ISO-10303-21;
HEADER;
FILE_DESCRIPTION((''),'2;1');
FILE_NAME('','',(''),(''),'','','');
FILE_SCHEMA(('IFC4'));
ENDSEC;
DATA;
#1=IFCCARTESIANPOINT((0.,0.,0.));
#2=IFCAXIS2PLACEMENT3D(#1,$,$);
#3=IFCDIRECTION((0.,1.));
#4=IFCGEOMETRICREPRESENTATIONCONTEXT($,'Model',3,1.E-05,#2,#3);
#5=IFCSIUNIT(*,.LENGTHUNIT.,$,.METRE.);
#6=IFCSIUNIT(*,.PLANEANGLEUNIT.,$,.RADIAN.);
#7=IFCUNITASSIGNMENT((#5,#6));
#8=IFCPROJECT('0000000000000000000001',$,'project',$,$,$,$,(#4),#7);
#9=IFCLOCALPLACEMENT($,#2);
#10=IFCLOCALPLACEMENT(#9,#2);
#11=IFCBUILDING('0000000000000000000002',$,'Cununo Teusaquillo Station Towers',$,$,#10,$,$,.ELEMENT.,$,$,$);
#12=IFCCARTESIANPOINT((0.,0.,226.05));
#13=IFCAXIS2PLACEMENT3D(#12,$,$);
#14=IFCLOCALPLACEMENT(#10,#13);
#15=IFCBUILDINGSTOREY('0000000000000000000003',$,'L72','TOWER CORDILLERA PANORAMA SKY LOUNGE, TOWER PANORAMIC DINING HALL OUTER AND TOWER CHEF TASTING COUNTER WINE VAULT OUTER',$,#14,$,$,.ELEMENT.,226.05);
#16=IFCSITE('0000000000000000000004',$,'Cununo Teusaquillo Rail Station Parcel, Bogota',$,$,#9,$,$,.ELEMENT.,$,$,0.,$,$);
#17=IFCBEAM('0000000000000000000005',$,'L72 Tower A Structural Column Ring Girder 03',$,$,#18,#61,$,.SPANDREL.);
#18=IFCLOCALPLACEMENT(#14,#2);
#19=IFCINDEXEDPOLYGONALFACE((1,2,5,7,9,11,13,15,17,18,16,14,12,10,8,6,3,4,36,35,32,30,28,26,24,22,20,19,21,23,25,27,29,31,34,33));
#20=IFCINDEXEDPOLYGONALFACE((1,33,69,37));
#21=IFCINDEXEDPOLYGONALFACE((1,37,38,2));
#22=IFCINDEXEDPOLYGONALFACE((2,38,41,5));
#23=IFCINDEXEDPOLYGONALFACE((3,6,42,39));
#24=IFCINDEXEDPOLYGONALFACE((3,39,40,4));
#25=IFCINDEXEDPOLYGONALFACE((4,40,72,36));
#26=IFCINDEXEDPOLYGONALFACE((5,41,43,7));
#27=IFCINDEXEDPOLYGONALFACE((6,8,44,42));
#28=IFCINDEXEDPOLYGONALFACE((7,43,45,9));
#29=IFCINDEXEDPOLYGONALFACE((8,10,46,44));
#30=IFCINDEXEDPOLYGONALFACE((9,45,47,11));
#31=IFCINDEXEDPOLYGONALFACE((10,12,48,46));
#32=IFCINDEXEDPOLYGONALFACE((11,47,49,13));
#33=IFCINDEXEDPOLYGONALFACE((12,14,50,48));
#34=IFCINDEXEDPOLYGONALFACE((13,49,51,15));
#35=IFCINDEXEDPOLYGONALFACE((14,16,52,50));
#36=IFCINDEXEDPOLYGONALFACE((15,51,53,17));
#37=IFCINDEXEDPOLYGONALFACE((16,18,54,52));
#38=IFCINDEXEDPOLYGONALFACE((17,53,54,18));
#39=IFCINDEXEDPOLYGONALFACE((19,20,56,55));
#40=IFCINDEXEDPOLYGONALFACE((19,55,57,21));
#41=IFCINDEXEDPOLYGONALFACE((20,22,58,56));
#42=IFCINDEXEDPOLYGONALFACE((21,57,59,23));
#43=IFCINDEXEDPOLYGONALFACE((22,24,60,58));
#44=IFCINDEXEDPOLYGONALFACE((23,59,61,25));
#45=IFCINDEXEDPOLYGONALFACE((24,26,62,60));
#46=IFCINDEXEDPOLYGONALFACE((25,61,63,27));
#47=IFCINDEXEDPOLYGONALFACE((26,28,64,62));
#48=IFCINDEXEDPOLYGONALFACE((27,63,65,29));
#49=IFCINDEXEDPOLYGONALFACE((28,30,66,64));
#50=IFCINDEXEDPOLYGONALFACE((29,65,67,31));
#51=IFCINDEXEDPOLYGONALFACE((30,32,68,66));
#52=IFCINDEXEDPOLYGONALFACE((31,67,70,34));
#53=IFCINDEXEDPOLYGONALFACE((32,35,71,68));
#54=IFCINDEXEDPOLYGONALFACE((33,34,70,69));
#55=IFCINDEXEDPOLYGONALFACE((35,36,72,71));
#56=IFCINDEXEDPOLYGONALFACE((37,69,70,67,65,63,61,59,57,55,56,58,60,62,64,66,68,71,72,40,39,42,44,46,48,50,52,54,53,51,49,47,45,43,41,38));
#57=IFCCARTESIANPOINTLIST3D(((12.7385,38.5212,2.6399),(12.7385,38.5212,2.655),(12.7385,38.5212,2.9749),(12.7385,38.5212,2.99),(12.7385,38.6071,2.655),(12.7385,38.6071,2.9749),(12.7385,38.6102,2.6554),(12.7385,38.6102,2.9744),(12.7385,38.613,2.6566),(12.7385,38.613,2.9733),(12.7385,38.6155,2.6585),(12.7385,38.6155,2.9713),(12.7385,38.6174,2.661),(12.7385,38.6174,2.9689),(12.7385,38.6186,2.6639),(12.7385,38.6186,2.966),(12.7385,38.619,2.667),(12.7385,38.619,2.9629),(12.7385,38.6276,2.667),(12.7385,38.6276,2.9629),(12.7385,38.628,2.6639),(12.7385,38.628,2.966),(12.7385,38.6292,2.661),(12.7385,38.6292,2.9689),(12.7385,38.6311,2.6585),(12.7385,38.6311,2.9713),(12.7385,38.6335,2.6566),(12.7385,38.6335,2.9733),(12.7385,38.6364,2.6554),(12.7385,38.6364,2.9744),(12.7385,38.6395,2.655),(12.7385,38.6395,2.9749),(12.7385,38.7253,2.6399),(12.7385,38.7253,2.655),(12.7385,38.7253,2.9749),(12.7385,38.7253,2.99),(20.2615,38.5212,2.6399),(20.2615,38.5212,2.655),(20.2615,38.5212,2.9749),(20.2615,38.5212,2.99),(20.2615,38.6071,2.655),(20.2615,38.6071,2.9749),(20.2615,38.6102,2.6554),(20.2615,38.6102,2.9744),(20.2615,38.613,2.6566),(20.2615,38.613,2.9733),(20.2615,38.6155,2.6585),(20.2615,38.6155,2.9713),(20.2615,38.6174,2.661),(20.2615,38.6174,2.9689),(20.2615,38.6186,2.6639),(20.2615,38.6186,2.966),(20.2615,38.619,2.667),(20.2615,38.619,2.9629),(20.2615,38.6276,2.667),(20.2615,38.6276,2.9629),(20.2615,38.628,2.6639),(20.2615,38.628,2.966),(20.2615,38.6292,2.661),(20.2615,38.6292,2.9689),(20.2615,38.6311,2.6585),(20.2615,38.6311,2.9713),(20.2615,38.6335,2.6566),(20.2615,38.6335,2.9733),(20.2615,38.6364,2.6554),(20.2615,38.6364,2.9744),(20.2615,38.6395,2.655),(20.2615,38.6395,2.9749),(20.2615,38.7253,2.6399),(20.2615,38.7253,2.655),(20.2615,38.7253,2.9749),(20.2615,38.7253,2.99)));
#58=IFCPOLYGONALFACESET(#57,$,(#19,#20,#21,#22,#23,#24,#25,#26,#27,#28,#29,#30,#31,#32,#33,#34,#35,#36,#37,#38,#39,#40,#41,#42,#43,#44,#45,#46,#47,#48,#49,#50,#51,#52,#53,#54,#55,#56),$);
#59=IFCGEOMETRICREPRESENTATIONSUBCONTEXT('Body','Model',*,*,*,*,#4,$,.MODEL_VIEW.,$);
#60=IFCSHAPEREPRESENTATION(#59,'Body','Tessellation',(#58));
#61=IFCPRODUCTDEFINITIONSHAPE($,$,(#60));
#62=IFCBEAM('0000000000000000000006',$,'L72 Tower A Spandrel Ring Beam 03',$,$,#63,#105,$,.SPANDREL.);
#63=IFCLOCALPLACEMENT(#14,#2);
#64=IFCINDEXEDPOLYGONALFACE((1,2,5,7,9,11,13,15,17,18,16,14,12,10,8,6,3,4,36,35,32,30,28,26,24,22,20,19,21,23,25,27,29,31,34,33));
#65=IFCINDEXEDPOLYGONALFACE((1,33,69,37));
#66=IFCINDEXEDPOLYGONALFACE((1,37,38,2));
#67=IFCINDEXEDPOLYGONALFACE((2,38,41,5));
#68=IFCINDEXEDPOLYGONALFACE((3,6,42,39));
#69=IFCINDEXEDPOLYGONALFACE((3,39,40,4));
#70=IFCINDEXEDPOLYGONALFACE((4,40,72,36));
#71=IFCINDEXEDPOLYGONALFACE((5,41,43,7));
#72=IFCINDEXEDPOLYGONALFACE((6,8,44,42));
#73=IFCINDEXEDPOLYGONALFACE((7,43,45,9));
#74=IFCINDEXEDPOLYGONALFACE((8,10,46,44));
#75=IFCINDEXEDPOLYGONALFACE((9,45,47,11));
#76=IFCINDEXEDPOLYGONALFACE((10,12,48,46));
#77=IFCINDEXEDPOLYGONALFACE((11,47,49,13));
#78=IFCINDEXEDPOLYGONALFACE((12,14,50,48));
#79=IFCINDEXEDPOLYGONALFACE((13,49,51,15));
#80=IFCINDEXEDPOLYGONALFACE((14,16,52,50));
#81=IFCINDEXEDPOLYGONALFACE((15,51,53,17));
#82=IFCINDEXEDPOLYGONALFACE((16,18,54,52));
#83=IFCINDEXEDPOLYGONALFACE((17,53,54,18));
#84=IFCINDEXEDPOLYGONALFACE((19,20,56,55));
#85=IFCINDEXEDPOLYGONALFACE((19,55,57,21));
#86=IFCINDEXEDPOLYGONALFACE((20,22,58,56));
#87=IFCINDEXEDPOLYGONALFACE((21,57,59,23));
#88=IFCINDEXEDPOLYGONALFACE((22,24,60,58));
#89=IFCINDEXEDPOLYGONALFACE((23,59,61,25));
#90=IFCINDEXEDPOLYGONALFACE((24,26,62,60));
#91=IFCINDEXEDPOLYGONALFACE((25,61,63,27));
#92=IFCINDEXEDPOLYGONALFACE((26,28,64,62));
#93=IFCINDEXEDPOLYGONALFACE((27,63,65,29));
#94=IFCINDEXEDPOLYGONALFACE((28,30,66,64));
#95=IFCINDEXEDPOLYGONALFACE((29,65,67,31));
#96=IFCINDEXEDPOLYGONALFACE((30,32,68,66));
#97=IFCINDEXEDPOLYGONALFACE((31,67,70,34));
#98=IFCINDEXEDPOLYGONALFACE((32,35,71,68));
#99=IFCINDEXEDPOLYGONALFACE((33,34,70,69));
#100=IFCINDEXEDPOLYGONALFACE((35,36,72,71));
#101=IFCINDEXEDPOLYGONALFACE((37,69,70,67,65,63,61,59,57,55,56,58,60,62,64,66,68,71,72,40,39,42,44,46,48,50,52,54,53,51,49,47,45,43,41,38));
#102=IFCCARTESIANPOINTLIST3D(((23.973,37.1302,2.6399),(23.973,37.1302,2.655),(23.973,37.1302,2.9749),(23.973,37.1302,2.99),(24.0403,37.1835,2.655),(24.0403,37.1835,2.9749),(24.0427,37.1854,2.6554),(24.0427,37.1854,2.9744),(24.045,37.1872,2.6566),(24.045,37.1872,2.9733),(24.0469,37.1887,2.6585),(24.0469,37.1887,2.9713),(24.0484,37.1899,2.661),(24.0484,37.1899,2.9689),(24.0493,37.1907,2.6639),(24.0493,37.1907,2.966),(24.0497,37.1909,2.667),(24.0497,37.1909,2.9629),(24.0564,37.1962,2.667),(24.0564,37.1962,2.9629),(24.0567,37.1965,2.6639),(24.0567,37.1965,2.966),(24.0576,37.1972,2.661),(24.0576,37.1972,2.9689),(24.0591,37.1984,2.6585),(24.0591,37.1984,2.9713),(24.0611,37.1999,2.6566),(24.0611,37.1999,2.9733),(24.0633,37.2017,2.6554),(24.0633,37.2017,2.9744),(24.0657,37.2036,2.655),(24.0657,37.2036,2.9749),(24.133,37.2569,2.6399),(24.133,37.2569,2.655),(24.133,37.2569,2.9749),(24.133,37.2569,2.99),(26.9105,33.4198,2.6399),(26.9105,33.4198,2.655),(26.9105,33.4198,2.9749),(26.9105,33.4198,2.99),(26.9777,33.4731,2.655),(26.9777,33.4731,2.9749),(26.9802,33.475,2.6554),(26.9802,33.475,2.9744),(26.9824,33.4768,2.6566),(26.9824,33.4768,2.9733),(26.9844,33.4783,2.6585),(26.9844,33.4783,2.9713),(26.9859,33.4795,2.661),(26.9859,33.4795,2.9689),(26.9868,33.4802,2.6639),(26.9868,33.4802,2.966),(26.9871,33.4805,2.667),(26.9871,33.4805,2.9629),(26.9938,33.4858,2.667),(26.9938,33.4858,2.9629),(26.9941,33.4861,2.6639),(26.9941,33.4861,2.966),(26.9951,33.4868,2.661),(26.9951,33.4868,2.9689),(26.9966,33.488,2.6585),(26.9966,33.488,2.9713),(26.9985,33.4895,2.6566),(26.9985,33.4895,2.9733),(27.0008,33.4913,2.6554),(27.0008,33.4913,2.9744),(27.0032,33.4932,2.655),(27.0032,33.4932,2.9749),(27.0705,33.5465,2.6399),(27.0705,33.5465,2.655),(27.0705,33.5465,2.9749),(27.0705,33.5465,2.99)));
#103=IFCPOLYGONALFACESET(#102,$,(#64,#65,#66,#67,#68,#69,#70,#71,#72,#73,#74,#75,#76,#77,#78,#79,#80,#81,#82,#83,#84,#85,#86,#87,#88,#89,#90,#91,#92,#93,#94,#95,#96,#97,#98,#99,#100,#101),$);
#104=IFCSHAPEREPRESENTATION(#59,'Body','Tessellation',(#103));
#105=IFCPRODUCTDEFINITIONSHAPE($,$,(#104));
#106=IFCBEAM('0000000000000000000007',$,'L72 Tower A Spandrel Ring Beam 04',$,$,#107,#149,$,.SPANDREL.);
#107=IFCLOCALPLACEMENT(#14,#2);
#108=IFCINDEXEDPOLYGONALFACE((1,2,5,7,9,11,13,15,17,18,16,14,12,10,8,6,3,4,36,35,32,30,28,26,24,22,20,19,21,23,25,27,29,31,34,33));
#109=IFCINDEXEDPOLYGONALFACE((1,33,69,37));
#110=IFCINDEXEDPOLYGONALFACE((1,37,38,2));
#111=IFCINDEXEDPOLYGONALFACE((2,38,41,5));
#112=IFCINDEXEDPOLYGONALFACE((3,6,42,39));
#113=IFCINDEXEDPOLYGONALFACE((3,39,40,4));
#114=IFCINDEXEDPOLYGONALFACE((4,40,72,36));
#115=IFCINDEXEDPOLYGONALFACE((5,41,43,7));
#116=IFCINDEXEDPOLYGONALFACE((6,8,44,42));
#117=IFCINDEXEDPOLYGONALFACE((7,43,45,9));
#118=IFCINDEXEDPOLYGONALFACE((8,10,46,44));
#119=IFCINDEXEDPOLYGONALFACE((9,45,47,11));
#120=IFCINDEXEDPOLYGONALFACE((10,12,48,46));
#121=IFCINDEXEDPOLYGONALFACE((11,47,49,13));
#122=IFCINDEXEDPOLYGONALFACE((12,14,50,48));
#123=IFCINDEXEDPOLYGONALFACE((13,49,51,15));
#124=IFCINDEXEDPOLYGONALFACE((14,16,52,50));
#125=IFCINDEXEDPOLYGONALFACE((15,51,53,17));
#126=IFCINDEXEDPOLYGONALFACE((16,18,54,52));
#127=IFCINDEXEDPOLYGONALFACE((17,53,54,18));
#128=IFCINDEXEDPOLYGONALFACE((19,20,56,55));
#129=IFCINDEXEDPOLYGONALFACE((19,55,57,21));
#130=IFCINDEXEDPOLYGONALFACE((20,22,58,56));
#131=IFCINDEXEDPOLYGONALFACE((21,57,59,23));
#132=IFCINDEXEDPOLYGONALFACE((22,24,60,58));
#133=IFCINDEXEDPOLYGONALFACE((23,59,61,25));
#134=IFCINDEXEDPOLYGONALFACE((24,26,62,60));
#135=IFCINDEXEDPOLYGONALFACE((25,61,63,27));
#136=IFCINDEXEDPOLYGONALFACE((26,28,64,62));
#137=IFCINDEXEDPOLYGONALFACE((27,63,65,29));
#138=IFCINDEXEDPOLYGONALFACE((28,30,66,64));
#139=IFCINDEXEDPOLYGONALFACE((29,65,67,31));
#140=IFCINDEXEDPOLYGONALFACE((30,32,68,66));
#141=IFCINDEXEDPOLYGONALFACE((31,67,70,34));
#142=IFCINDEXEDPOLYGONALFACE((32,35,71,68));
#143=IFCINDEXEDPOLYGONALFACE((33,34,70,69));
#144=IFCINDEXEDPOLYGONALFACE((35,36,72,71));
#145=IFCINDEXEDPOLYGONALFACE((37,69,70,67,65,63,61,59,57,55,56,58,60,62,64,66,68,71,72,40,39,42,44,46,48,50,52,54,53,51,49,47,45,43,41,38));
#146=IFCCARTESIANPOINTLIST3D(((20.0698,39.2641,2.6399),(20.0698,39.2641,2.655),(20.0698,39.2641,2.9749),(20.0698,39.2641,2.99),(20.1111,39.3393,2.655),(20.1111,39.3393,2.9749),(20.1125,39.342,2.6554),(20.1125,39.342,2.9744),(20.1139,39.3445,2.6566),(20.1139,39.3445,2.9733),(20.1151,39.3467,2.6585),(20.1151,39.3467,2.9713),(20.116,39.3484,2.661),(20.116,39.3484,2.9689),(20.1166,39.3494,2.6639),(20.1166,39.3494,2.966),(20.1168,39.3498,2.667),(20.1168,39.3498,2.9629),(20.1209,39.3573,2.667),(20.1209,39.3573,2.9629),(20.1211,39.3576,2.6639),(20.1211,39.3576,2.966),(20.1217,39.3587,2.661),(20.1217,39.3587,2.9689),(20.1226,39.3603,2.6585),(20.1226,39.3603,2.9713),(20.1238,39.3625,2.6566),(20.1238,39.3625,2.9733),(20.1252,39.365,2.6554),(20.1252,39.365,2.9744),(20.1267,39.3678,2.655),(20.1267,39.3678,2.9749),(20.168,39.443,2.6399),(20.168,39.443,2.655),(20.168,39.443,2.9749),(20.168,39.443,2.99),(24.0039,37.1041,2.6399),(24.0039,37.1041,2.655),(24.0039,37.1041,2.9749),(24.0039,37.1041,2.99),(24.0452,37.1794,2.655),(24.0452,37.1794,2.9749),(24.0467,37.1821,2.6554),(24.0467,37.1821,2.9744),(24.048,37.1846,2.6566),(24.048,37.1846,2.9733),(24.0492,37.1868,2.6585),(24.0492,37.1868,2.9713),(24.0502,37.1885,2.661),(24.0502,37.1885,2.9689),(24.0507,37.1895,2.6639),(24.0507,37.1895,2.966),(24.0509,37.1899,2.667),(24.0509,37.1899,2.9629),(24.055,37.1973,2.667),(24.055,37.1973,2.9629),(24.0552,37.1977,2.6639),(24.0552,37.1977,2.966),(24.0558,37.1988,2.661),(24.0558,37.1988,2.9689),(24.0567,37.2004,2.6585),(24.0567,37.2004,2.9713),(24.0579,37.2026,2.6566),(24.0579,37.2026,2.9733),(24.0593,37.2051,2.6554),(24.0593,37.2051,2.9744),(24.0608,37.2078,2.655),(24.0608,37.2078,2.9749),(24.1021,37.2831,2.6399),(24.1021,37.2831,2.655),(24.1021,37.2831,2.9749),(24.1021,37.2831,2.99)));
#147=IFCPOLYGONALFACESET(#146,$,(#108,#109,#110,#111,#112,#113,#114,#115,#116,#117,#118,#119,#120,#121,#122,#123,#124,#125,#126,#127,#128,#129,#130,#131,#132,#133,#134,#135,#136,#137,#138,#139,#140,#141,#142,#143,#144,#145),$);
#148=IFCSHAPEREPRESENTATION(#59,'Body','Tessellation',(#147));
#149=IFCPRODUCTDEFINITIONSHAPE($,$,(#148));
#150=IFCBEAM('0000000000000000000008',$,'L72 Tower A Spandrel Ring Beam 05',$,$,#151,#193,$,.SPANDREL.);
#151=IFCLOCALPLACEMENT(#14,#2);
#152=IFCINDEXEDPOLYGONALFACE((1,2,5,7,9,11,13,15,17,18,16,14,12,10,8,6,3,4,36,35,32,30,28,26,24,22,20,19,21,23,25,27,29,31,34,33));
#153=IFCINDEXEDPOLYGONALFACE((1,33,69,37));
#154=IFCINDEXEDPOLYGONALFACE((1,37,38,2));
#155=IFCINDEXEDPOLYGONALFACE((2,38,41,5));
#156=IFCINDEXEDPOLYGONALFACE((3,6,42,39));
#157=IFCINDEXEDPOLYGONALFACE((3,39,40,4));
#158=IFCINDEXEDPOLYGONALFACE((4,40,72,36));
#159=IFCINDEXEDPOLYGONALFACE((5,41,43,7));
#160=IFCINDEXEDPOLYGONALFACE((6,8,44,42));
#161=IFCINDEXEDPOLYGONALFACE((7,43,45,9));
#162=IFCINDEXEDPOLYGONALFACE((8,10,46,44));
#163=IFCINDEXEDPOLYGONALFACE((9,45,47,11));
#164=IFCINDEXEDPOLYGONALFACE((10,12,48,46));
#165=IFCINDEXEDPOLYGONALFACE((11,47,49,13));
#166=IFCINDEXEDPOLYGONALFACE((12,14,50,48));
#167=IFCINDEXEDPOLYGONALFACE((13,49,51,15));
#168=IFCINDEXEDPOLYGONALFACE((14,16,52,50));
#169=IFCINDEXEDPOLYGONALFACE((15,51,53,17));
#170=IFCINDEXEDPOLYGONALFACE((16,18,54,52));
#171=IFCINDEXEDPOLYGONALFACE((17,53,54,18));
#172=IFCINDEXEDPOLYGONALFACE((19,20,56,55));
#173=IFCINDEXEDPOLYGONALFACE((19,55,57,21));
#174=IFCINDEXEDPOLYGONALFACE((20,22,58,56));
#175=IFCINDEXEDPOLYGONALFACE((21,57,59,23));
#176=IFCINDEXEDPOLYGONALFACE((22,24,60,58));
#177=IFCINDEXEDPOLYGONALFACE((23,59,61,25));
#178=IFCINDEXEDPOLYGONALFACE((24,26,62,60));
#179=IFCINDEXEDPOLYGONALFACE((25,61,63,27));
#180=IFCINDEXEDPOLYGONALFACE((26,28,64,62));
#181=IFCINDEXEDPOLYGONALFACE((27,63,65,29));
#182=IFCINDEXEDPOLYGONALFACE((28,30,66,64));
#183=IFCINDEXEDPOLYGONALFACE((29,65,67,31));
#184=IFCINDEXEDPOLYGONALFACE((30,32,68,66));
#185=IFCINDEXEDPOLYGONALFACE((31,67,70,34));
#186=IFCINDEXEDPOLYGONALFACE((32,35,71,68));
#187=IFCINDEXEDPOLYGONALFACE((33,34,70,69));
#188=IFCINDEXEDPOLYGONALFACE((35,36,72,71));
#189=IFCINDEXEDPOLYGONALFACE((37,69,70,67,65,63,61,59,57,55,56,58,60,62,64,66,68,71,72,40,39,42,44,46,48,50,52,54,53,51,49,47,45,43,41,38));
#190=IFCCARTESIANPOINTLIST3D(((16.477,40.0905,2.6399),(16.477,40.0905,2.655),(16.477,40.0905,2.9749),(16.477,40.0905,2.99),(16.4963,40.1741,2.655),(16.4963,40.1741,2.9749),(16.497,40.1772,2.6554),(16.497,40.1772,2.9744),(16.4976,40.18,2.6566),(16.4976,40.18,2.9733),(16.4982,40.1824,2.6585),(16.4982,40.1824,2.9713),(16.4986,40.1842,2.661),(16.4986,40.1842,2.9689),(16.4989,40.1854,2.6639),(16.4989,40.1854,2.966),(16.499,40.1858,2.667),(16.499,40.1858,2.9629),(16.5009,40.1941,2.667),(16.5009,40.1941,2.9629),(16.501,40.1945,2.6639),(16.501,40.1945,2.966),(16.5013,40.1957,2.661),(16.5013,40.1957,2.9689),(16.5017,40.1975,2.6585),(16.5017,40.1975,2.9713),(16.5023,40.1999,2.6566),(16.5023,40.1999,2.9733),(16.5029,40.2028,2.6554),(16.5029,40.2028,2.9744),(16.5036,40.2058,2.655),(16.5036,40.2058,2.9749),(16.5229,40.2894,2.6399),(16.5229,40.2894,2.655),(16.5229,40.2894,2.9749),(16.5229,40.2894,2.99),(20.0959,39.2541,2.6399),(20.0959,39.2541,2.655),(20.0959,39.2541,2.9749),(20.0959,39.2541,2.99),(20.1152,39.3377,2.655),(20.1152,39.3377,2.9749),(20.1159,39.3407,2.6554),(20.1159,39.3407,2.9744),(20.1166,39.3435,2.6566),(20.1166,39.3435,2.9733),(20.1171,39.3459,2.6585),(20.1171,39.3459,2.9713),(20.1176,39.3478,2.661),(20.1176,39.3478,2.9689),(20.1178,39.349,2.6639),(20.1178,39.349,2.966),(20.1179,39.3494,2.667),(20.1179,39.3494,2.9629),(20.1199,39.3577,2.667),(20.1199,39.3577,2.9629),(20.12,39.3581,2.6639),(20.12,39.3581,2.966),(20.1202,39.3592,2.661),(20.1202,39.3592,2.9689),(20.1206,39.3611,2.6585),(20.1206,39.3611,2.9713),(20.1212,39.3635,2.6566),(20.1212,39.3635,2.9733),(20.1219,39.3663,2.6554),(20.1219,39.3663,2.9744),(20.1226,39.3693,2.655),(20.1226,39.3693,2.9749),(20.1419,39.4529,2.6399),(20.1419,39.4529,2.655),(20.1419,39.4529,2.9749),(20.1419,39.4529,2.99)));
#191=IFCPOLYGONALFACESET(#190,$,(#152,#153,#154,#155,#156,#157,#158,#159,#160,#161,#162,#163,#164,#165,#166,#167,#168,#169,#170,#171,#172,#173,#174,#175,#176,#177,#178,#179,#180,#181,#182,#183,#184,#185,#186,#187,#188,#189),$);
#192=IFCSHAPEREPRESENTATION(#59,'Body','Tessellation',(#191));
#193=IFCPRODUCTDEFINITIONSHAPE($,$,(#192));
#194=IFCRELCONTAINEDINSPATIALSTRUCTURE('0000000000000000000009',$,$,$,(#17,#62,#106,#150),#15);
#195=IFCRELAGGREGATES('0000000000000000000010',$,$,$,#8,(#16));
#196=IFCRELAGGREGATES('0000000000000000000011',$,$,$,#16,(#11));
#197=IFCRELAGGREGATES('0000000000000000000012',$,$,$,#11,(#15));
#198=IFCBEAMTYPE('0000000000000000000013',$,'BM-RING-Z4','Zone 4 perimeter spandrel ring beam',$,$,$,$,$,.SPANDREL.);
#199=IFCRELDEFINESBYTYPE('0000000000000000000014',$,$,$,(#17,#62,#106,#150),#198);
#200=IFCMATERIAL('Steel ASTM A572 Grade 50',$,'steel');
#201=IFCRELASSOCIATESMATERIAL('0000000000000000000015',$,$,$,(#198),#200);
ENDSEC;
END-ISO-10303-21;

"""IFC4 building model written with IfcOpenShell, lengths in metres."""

from ifc_helpers import new_model, si_unit, direction, frame, origin, origin_2d, place, context, subcontext, project, spatial, i_section, extrude, material, material_profile, profile_set, type_object, element, save


model = new_model("IFC4")

# Units and contexts
model_context = context("Model", 3, precision=1e-05, world=origin(), true_north=direction((0.0, 1.0)))
body_context = subcontext(model_context, "Body", "Model", "MODEL_VIEW")
ifc_project = project(units=[si_unit("LENGTHUNIT", "METRE"), si_unit("PLANEANGLEUNIT", "RADIAN")], contexts=[model_context])

# Site, building, storey
site_placement = place(None, origin())
site = spatial("IfcSite", under=ifc_project, at=site_placement, Name="Cununo Teusaquillo Rail Station Parcel, Bogota", CompositionType="ELEMENT", RefElevation=0.0)
building_placement = place(site_placement, origin())
building = spatial("IfcBuilding", under=site, at=building_placement, Name="Cununo Teusaquillo Station Towers", CompositionType="ELEMENT")
storey_placement = place(building_placement, frame((0.0, 0.0, 226.05)))
storey = spatial("IfcBuildingStorey", under=building, at=storey_placement, Name="L72", Description="TOWER CORDILLERA PANORAMA SKY LOUNGE, TOWER PANORAMIC DINING HALL OUTER AND TOWER CHEF TASTING COUNTER WINE VAULT OUTER", CompositionType="ELEMENT", Elevation=226.05)

# Beams
ifc_material_1 = material(Name="Steel ASTM A572 Grade 50", Category="steel")
ifc_material_profile_1 = material_profile(ifc_material_1, i_section(OverallWidth=0.2041, OverallDepth=0.3501, WebThickness=0.0085, FlangeThickness=0.0151, FilletRadius=0.012, at=origin_2d()), Name="W14X48")
ifc_profile_set_1 = profile_set([ifc_material_profile_1], Name="Steel ASTM A572 Grade 50")
beam_type_1 = type_object("IfcBeamType", Name="BM-RING-Z4", Description="Zone 4 perimeter spandrel ring beam", PredefinedType="SPANDREL", material=ifc_profile_set_1)
beam_1_placement = place(storey_placement, frame((20.2615, 38.6233, 2.8149), z_axis=(-1.0, 0.0, 0.0), x_axis=(0.0, -1.0, 0.0)))
element("IfcBeam", 1, at=beam_1_placement, inside=storey, type_object=beam_type_1, Name="L72 Tower A Structural Column Ring Girder 03", PredefinedType="SPANDREL", context=body_context, shape_type="SweptSolid", body=[
    extrude(i_section(OverallWidth=0.2041, OverallDepth=0.3501, WebThickness=0.0085, FlangeThickness=0.0151, FilletRadius=0.012, at=origin_2d()), origin(), (0.0, 0.0, 1.0), 7.5229),
])
beam_2_placement = place(storey_placement, frame((26.9905, 33.4832, 2.8149), z_axis=(-0.620711, 0.78404, 0.0), x_axis=(-0.78404, -0.620711, 0.0)))
element("IfcBeam", 2, at=beam_2_placement, inside=storey, type_object=beam_type_1, Name="L72 Tower A Spandrel Ring Beam 03", PredefinedType="SPANDREL", context=body_context, shape_type="SweptSolid", body=[
    extrude(i_section(OverallWidth=0.2041, OverallDepth=0.3501, WebThickness=0.0085, FlangeThickness=0.0151, FilletRadius=0.012, at=origin_2d()), origin(), (0.0, 0.0, 1.0), 4.7324),
])
beam_3_placement = place(storey_placement, frame((24.053, 37.1936, 2.8149), z_axis=(-0.876576, 0.481263, 0.0), x_axis=(-0.481263, -0.876576, 0.0)))
element("IfcBeam", 3, at=beam_3_placement, inside=storey, type_object=beam_type_1, Name="L72 Tower A Spandrel Ring Beam 04", PredefinedType="SPANDREL", context=body_context, shape_type="SweptSolid", body=[
    extrude(i_section(OverallWidth=0.2041, OverallDepth=0.3501, WebThickness=0.0085, FlangeThickness=0.0151, FilletRadius=0.012, at=origin_2d()), origin(), (0.0, 0.0, 1.0), 4.488),
])
for number, where, z_axis, x_axis, name in (
    (4, (20.1189, 39.3535, 2.8149), (-0.974315, 0.225191, 0.0), (-0.225191, -0.974315, 0.0), "L72 Tower A Spandrel Ring Beam 05"),
):
    element("IfcBeam", number, at=place(storey_placement, frame(where, z_axis=z_axis, x_axis=x_axis)), inside=storey, type_object=beam_type_1, Name=name, PredefinedType="SPANDREL", context=body_context, shape_type="SweptSolid", body=[
        extrude(i_section(OverallWidth=0.2041, OverallDepth=0.3501, WebThickness=0.0085, FlangeThickness=0.0151, FilletRadius=0.012, at=origin_2d()), origin(), (0.0, 0.0, 1.0), 3.7144),
    ])

save(model, "model.ifc")
